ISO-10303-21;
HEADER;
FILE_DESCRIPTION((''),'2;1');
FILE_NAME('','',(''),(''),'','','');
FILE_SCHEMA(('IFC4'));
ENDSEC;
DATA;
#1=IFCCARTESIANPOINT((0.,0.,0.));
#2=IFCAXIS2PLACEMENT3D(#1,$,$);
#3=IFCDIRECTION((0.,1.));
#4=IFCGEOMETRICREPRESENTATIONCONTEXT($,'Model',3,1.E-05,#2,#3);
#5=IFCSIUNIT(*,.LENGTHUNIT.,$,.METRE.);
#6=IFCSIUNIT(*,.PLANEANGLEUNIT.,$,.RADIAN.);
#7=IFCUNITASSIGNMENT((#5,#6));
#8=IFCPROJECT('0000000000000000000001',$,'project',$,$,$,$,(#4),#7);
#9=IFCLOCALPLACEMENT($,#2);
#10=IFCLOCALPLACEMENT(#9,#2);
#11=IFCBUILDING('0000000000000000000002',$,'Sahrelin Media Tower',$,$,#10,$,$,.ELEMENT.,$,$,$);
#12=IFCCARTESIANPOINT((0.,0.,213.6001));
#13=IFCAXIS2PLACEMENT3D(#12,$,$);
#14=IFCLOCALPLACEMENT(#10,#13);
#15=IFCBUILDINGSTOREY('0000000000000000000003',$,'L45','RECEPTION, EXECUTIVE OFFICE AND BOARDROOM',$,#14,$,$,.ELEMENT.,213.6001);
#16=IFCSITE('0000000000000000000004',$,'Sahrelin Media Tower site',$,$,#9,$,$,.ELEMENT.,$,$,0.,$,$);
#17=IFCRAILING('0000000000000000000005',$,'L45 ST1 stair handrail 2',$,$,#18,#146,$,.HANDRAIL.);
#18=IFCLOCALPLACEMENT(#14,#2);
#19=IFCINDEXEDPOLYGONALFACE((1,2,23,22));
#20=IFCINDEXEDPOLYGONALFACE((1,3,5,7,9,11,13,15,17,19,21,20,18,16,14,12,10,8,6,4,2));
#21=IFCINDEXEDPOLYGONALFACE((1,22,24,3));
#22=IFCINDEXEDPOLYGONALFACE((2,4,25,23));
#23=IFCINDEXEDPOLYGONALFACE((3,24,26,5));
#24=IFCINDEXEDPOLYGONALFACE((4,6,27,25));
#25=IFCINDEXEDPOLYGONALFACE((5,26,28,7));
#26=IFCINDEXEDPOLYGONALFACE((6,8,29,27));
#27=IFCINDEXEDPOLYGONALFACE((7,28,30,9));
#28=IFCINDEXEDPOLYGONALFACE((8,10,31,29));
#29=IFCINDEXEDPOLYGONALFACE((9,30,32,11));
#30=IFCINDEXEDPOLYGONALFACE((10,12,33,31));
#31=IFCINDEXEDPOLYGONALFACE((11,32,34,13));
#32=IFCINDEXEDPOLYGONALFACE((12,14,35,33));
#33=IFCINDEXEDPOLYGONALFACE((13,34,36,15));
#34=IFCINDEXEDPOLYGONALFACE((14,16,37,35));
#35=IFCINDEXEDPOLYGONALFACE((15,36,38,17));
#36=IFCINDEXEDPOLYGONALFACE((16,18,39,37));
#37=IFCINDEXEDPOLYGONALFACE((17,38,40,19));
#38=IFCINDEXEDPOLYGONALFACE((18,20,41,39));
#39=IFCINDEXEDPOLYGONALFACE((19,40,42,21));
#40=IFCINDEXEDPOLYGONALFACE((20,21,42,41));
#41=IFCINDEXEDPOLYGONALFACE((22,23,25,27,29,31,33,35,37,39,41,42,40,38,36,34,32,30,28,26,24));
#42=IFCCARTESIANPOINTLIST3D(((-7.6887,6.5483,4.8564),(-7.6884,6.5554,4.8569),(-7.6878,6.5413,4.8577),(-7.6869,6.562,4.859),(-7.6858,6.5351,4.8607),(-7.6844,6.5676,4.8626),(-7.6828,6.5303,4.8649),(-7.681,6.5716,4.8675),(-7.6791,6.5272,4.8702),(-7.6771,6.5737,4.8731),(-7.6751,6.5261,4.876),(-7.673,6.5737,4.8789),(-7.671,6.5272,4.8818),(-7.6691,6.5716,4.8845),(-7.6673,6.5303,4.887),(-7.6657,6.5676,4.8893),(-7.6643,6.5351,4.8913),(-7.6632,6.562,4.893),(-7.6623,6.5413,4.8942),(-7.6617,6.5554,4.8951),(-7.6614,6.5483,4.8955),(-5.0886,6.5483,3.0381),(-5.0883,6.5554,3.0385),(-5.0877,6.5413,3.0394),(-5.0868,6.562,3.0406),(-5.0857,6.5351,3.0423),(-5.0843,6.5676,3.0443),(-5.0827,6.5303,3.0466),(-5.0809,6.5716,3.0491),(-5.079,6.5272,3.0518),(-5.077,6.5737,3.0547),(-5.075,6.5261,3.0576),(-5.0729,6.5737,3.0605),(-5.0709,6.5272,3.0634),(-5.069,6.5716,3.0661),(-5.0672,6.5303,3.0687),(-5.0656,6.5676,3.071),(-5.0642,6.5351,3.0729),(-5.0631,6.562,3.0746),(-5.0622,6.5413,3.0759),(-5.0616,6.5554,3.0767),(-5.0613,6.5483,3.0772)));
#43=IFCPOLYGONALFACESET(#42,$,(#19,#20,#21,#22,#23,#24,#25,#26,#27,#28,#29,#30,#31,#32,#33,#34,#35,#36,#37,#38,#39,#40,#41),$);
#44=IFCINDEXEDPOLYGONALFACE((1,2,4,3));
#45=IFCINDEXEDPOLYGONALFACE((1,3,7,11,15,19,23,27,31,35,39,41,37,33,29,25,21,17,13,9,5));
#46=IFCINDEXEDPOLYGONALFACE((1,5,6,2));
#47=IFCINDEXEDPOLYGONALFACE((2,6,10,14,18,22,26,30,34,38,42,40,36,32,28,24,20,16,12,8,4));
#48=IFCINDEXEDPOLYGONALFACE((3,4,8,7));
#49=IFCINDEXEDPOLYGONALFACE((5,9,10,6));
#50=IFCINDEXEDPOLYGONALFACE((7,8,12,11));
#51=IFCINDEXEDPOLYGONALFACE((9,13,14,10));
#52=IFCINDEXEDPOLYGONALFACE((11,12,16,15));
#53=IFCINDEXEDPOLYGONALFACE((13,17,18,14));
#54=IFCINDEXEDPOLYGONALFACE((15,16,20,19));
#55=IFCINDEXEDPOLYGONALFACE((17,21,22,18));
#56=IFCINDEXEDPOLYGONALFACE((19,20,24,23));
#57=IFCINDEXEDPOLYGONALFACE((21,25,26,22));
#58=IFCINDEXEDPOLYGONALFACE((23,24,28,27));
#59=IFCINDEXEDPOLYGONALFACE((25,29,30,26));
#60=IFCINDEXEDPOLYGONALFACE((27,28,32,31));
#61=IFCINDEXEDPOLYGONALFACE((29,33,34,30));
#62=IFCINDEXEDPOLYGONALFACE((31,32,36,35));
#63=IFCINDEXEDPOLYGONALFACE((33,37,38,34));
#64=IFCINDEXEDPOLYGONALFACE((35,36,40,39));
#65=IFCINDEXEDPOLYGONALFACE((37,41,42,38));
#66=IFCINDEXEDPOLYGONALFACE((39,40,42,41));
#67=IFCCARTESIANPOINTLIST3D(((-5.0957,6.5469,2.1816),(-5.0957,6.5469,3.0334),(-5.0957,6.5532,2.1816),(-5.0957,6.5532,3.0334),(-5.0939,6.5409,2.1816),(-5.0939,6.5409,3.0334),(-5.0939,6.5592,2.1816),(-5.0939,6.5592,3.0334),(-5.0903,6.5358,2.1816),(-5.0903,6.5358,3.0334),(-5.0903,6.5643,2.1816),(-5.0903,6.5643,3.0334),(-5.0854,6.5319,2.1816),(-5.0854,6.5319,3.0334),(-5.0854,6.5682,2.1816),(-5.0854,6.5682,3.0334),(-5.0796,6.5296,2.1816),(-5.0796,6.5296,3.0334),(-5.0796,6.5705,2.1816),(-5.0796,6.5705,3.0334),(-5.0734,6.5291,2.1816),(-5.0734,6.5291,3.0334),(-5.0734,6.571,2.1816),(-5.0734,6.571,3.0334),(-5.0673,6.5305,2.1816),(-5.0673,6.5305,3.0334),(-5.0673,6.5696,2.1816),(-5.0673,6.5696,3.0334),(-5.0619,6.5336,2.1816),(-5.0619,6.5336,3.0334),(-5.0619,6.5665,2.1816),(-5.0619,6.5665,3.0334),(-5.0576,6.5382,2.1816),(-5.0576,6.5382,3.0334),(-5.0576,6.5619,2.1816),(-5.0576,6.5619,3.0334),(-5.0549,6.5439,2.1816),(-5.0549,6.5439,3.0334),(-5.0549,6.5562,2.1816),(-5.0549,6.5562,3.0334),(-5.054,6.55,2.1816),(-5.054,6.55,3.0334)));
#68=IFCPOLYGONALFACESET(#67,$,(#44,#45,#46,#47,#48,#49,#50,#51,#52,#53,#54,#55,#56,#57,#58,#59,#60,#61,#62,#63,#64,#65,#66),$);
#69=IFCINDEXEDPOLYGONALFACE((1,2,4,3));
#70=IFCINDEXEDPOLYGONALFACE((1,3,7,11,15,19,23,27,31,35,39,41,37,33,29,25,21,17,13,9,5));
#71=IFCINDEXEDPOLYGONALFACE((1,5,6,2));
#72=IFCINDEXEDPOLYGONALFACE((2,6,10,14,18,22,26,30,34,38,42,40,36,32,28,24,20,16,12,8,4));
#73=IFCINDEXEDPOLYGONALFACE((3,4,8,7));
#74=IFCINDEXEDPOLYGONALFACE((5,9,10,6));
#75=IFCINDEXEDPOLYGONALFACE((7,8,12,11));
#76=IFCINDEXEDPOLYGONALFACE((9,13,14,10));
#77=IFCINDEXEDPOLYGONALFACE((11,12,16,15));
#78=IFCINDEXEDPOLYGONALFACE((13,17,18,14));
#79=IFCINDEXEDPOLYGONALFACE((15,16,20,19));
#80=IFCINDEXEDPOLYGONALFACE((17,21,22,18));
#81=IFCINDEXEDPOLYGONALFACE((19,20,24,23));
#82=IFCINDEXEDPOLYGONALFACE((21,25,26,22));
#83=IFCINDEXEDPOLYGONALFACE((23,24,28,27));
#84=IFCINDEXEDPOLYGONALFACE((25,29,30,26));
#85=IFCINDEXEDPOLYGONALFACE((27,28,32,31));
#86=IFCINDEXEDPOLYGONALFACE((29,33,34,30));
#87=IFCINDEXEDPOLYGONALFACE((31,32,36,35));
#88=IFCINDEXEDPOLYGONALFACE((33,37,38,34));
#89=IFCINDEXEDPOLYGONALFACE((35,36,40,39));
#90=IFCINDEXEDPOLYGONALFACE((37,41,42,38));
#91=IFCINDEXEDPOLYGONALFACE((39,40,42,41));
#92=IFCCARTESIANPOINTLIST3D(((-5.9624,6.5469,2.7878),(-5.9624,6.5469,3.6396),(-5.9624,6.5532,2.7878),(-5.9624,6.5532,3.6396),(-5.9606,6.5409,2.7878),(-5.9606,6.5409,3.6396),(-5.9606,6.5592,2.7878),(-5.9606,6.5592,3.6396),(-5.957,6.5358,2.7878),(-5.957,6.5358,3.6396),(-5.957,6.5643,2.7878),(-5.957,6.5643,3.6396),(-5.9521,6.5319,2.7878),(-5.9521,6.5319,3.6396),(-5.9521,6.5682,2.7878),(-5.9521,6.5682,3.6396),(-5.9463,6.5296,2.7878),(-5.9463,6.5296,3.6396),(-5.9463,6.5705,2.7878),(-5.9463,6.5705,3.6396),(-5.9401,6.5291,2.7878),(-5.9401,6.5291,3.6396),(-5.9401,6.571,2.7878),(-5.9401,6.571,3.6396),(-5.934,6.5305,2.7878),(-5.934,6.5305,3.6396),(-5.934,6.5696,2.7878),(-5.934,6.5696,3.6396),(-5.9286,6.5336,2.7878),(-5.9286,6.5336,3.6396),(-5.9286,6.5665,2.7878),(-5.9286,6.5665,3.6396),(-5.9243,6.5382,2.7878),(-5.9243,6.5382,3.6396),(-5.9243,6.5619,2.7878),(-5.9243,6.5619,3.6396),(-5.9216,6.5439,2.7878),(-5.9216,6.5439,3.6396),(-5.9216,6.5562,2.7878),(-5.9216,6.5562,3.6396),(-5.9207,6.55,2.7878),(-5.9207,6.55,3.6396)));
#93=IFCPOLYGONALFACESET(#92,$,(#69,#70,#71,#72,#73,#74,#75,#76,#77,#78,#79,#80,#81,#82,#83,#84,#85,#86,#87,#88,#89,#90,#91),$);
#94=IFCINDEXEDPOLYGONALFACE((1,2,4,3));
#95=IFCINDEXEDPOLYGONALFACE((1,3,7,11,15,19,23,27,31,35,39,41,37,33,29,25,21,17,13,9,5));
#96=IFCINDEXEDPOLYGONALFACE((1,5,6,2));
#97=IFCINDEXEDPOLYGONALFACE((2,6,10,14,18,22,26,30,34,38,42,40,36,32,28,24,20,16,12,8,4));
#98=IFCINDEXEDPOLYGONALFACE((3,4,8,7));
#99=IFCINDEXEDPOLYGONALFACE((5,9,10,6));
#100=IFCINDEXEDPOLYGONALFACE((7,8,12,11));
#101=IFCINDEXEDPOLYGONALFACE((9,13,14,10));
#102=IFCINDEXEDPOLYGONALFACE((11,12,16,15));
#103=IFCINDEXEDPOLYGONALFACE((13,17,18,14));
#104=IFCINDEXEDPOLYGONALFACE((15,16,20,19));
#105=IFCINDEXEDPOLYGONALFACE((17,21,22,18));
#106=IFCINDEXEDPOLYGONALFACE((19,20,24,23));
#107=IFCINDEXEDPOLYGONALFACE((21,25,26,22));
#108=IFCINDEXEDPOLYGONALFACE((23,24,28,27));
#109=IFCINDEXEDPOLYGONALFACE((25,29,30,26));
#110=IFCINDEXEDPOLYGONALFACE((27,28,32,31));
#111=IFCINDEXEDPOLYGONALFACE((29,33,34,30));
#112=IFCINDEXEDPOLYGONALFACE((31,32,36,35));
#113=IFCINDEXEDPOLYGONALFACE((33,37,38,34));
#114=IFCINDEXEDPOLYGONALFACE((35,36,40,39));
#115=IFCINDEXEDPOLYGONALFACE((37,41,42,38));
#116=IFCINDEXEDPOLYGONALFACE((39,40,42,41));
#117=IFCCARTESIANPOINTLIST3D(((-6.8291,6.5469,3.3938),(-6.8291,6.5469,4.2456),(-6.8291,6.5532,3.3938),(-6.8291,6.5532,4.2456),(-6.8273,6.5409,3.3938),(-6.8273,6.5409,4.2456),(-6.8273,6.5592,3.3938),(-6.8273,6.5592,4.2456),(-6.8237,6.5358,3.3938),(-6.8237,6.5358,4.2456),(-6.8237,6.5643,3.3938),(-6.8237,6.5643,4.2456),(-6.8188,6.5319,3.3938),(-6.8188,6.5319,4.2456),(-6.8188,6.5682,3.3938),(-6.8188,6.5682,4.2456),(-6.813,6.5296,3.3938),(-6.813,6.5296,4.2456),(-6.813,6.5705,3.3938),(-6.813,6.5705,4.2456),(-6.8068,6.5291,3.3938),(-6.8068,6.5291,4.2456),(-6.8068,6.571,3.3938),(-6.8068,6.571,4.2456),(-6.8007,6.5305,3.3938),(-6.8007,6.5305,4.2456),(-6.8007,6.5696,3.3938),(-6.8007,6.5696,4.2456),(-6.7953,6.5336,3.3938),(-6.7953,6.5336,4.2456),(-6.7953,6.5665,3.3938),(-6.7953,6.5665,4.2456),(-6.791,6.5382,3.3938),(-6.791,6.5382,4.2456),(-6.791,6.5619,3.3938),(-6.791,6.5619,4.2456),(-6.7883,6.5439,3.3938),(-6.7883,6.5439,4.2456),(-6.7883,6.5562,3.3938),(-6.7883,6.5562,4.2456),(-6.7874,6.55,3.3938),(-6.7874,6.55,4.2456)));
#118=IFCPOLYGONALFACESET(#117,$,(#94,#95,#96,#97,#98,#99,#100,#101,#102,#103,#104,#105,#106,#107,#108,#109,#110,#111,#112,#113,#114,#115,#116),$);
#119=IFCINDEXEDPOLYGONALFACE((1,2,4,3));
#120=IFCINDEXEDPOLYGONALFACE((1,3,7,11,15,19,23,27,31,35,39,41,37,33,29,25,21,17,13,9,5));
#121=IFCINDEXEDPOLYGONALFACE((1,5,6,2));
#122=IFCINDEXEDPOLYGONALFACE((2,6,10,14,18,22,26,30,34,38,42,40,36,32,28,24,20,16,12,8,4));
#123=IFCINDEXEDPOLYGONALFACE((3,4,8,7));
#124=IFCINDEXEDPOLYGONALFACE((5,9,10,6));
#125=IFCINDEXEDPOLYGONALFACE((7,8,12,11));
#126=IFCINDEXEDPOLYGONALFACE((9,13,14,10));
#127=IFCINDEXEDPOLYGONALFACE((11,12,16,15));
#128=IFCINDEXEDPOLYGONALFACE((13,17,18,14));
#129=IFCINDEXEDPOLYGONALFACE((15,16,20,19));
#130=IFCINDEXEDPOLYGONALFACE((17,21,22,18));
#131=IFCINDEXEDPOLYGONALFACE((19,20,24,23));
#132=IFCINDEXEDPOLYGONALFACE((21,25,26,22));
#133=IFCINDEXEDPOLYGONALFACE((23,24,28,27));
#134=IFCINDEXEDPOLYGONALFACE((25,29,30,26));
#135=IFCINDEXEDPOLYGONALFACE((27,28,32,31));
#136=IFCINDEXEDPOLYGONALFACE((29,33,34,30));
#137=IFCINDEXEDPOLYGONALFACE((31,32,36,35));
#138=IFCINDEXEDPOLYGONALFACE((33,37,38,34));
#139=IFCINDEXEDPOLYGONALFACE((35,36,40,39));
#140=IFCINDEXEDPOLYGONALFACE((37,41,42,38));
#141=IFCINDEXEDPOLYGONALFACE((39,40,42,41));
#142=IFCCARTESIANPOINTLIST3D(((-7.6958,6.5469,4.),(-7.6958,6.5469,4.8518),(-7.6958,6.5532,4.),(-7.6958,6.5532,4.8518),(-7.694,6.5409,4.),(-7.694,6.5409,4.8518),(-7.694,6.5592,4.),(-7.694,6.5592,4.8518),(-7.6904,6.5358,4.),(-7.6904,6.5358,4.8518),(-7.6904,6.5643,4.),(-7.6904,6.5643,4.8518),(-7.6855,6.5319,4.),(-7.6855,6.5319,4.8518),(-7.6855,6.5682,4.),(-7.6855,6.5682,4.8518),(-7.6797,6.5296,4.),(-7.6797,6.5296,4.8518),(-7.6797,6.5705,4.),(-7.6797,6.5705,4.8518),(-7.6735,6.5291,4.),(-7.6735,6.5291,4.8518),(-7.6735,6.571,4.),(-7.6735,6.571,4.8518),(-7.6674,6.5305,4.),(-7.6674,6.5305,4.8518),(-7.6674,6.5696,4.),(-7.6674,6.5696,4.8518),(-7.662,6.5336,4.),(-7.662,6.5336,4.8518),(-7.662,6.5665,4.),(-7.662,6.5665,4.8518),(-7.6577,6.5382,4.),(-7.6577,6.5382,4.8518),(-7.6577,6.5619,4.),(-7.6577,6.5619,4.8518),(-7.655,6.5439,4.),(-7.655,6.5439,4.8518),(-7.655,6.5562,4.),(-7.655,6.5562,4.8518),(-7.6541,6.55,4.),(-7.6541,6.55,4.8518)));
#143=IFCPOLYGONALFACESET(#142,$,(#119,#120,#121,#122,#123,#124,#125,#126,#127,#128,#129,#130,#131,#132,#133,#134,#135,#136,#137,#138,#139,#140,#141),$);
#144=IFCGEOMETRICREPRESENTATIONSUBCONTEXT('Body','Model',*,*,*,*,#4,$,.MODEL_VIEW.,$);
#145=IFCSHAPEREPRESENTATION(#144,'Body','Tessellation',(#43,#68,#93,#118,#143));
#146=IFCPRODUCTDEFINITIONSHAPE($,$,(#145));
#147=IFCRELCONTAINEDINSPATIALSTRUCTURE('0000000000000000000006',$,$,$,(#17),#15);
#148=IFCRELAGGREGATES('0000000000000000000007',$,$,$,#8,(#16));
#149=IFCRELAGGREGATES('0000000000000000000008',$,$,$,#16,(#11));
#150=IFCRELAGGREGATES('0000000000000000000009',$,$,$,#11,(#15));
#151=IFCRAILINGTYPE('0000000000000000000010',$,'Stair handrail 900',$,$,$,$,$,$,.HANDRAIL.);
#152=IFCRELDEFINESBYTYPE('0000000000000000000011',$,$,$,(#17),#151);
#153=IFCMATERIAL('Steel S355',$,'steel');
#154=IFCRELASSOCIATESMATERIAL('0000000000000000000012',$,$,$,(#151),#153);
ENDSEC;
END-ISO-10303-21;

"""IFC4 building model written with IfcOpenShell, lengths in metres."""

from ifc_helpers import new_model, si_unit, direction, frame, origin, origin_2d, place, context, subcontext, project, spatial, circle, extrude, material, type_object, element, save


model = new_model("IFC4")

# Units and contexts
model_context = context("Model", 3, precision=1e-05, world=origin(), true_north=direction((0.0, 1.0)))
body_context = subcontext(model_context, "Body", "Model", "MODEL_VIEW")
ifc_project = project(units=[si_unit("LENGTHUNIT", "METRE"), si_unit("PLANEANGLEUNIT", "RADIAN")], contexts=[model_context])

# Site, building, storey
site_placement = place(None, origin())
site = spatial("IfcSite", under=ifc_project, at=site_placement, Name="Sahrelin Media Tower site", CompositionType="ELEMENT", RefElevation=0.0)
building_placement = place(site_placement, origin())
building = spatial("IfcBuilding", under=site, at=building_placement, Name="Sahrelin Media Tower", CompositionType="ELEMENT")
storey_placement = place(building_placement, frame((0.0, 0.0, 213.6001)))
storey = spatial("IfcBuildingStorey", under=building, at=storey_placement, Name="L45", Description="RECEPTION, EXECUTIVE OFFICE AND BOARDROOM", CompositionType="ELEMENT", Elevation=213.6001)

# Shared definitions
ifc_material_1 = material(Name="Steel S355", Category="steel")

# Railing
railing_type_1 = type_object("IfcRailingType", Name="Stair handrail 900", PredefinedType="HANDRAIL", material=ifc_material_1)
railing_1_placement = place(storey_placement, frame((-5.075, 6.55, 2.1816)))
element("IfcRailing", 1, at=railing_1_placement, inside=storey, type_object=railing_type_1, Name="L45 ST1 stair handrail 2", PredefinedType="HANDRAIL", context=body_context, shape_type="SweptSolid", body=[
    extrude(circle(Radius=0.0239, at=origin_2d()), frame((0.0, 0.0, 0.876), z_axis=(-0.819485, 0.0, 0.573101), x_axis=(0.0, -1.0, 0.0)), (0.0, 0.0, 1.0), 3.1729),
    extrude(circle(Radius=0.021, at=origin_2d()), origin(), (0.0, 0.0, 1.0), 0.8518),
    extrude(circle(Radius=0.021, at=origin_2d()), frame((-0.8667, 0.0, 0.6062)), (0.0, 0.0, 1.0), 0.8518),
    extrude(circle(Radius=0.021, at=origin_2d()), frame((-1.7334, 0.0, 1.2122)), (0.0, 0.0, 1.0), 0.8518),
    extrude(circle(Radius=0.021, at=origin_2d()), frame((-2.6001, 0.0, 1.8184)), (0.0, 0.0, 1.0), 0.8518),
])

save(model, "model.ifc")
